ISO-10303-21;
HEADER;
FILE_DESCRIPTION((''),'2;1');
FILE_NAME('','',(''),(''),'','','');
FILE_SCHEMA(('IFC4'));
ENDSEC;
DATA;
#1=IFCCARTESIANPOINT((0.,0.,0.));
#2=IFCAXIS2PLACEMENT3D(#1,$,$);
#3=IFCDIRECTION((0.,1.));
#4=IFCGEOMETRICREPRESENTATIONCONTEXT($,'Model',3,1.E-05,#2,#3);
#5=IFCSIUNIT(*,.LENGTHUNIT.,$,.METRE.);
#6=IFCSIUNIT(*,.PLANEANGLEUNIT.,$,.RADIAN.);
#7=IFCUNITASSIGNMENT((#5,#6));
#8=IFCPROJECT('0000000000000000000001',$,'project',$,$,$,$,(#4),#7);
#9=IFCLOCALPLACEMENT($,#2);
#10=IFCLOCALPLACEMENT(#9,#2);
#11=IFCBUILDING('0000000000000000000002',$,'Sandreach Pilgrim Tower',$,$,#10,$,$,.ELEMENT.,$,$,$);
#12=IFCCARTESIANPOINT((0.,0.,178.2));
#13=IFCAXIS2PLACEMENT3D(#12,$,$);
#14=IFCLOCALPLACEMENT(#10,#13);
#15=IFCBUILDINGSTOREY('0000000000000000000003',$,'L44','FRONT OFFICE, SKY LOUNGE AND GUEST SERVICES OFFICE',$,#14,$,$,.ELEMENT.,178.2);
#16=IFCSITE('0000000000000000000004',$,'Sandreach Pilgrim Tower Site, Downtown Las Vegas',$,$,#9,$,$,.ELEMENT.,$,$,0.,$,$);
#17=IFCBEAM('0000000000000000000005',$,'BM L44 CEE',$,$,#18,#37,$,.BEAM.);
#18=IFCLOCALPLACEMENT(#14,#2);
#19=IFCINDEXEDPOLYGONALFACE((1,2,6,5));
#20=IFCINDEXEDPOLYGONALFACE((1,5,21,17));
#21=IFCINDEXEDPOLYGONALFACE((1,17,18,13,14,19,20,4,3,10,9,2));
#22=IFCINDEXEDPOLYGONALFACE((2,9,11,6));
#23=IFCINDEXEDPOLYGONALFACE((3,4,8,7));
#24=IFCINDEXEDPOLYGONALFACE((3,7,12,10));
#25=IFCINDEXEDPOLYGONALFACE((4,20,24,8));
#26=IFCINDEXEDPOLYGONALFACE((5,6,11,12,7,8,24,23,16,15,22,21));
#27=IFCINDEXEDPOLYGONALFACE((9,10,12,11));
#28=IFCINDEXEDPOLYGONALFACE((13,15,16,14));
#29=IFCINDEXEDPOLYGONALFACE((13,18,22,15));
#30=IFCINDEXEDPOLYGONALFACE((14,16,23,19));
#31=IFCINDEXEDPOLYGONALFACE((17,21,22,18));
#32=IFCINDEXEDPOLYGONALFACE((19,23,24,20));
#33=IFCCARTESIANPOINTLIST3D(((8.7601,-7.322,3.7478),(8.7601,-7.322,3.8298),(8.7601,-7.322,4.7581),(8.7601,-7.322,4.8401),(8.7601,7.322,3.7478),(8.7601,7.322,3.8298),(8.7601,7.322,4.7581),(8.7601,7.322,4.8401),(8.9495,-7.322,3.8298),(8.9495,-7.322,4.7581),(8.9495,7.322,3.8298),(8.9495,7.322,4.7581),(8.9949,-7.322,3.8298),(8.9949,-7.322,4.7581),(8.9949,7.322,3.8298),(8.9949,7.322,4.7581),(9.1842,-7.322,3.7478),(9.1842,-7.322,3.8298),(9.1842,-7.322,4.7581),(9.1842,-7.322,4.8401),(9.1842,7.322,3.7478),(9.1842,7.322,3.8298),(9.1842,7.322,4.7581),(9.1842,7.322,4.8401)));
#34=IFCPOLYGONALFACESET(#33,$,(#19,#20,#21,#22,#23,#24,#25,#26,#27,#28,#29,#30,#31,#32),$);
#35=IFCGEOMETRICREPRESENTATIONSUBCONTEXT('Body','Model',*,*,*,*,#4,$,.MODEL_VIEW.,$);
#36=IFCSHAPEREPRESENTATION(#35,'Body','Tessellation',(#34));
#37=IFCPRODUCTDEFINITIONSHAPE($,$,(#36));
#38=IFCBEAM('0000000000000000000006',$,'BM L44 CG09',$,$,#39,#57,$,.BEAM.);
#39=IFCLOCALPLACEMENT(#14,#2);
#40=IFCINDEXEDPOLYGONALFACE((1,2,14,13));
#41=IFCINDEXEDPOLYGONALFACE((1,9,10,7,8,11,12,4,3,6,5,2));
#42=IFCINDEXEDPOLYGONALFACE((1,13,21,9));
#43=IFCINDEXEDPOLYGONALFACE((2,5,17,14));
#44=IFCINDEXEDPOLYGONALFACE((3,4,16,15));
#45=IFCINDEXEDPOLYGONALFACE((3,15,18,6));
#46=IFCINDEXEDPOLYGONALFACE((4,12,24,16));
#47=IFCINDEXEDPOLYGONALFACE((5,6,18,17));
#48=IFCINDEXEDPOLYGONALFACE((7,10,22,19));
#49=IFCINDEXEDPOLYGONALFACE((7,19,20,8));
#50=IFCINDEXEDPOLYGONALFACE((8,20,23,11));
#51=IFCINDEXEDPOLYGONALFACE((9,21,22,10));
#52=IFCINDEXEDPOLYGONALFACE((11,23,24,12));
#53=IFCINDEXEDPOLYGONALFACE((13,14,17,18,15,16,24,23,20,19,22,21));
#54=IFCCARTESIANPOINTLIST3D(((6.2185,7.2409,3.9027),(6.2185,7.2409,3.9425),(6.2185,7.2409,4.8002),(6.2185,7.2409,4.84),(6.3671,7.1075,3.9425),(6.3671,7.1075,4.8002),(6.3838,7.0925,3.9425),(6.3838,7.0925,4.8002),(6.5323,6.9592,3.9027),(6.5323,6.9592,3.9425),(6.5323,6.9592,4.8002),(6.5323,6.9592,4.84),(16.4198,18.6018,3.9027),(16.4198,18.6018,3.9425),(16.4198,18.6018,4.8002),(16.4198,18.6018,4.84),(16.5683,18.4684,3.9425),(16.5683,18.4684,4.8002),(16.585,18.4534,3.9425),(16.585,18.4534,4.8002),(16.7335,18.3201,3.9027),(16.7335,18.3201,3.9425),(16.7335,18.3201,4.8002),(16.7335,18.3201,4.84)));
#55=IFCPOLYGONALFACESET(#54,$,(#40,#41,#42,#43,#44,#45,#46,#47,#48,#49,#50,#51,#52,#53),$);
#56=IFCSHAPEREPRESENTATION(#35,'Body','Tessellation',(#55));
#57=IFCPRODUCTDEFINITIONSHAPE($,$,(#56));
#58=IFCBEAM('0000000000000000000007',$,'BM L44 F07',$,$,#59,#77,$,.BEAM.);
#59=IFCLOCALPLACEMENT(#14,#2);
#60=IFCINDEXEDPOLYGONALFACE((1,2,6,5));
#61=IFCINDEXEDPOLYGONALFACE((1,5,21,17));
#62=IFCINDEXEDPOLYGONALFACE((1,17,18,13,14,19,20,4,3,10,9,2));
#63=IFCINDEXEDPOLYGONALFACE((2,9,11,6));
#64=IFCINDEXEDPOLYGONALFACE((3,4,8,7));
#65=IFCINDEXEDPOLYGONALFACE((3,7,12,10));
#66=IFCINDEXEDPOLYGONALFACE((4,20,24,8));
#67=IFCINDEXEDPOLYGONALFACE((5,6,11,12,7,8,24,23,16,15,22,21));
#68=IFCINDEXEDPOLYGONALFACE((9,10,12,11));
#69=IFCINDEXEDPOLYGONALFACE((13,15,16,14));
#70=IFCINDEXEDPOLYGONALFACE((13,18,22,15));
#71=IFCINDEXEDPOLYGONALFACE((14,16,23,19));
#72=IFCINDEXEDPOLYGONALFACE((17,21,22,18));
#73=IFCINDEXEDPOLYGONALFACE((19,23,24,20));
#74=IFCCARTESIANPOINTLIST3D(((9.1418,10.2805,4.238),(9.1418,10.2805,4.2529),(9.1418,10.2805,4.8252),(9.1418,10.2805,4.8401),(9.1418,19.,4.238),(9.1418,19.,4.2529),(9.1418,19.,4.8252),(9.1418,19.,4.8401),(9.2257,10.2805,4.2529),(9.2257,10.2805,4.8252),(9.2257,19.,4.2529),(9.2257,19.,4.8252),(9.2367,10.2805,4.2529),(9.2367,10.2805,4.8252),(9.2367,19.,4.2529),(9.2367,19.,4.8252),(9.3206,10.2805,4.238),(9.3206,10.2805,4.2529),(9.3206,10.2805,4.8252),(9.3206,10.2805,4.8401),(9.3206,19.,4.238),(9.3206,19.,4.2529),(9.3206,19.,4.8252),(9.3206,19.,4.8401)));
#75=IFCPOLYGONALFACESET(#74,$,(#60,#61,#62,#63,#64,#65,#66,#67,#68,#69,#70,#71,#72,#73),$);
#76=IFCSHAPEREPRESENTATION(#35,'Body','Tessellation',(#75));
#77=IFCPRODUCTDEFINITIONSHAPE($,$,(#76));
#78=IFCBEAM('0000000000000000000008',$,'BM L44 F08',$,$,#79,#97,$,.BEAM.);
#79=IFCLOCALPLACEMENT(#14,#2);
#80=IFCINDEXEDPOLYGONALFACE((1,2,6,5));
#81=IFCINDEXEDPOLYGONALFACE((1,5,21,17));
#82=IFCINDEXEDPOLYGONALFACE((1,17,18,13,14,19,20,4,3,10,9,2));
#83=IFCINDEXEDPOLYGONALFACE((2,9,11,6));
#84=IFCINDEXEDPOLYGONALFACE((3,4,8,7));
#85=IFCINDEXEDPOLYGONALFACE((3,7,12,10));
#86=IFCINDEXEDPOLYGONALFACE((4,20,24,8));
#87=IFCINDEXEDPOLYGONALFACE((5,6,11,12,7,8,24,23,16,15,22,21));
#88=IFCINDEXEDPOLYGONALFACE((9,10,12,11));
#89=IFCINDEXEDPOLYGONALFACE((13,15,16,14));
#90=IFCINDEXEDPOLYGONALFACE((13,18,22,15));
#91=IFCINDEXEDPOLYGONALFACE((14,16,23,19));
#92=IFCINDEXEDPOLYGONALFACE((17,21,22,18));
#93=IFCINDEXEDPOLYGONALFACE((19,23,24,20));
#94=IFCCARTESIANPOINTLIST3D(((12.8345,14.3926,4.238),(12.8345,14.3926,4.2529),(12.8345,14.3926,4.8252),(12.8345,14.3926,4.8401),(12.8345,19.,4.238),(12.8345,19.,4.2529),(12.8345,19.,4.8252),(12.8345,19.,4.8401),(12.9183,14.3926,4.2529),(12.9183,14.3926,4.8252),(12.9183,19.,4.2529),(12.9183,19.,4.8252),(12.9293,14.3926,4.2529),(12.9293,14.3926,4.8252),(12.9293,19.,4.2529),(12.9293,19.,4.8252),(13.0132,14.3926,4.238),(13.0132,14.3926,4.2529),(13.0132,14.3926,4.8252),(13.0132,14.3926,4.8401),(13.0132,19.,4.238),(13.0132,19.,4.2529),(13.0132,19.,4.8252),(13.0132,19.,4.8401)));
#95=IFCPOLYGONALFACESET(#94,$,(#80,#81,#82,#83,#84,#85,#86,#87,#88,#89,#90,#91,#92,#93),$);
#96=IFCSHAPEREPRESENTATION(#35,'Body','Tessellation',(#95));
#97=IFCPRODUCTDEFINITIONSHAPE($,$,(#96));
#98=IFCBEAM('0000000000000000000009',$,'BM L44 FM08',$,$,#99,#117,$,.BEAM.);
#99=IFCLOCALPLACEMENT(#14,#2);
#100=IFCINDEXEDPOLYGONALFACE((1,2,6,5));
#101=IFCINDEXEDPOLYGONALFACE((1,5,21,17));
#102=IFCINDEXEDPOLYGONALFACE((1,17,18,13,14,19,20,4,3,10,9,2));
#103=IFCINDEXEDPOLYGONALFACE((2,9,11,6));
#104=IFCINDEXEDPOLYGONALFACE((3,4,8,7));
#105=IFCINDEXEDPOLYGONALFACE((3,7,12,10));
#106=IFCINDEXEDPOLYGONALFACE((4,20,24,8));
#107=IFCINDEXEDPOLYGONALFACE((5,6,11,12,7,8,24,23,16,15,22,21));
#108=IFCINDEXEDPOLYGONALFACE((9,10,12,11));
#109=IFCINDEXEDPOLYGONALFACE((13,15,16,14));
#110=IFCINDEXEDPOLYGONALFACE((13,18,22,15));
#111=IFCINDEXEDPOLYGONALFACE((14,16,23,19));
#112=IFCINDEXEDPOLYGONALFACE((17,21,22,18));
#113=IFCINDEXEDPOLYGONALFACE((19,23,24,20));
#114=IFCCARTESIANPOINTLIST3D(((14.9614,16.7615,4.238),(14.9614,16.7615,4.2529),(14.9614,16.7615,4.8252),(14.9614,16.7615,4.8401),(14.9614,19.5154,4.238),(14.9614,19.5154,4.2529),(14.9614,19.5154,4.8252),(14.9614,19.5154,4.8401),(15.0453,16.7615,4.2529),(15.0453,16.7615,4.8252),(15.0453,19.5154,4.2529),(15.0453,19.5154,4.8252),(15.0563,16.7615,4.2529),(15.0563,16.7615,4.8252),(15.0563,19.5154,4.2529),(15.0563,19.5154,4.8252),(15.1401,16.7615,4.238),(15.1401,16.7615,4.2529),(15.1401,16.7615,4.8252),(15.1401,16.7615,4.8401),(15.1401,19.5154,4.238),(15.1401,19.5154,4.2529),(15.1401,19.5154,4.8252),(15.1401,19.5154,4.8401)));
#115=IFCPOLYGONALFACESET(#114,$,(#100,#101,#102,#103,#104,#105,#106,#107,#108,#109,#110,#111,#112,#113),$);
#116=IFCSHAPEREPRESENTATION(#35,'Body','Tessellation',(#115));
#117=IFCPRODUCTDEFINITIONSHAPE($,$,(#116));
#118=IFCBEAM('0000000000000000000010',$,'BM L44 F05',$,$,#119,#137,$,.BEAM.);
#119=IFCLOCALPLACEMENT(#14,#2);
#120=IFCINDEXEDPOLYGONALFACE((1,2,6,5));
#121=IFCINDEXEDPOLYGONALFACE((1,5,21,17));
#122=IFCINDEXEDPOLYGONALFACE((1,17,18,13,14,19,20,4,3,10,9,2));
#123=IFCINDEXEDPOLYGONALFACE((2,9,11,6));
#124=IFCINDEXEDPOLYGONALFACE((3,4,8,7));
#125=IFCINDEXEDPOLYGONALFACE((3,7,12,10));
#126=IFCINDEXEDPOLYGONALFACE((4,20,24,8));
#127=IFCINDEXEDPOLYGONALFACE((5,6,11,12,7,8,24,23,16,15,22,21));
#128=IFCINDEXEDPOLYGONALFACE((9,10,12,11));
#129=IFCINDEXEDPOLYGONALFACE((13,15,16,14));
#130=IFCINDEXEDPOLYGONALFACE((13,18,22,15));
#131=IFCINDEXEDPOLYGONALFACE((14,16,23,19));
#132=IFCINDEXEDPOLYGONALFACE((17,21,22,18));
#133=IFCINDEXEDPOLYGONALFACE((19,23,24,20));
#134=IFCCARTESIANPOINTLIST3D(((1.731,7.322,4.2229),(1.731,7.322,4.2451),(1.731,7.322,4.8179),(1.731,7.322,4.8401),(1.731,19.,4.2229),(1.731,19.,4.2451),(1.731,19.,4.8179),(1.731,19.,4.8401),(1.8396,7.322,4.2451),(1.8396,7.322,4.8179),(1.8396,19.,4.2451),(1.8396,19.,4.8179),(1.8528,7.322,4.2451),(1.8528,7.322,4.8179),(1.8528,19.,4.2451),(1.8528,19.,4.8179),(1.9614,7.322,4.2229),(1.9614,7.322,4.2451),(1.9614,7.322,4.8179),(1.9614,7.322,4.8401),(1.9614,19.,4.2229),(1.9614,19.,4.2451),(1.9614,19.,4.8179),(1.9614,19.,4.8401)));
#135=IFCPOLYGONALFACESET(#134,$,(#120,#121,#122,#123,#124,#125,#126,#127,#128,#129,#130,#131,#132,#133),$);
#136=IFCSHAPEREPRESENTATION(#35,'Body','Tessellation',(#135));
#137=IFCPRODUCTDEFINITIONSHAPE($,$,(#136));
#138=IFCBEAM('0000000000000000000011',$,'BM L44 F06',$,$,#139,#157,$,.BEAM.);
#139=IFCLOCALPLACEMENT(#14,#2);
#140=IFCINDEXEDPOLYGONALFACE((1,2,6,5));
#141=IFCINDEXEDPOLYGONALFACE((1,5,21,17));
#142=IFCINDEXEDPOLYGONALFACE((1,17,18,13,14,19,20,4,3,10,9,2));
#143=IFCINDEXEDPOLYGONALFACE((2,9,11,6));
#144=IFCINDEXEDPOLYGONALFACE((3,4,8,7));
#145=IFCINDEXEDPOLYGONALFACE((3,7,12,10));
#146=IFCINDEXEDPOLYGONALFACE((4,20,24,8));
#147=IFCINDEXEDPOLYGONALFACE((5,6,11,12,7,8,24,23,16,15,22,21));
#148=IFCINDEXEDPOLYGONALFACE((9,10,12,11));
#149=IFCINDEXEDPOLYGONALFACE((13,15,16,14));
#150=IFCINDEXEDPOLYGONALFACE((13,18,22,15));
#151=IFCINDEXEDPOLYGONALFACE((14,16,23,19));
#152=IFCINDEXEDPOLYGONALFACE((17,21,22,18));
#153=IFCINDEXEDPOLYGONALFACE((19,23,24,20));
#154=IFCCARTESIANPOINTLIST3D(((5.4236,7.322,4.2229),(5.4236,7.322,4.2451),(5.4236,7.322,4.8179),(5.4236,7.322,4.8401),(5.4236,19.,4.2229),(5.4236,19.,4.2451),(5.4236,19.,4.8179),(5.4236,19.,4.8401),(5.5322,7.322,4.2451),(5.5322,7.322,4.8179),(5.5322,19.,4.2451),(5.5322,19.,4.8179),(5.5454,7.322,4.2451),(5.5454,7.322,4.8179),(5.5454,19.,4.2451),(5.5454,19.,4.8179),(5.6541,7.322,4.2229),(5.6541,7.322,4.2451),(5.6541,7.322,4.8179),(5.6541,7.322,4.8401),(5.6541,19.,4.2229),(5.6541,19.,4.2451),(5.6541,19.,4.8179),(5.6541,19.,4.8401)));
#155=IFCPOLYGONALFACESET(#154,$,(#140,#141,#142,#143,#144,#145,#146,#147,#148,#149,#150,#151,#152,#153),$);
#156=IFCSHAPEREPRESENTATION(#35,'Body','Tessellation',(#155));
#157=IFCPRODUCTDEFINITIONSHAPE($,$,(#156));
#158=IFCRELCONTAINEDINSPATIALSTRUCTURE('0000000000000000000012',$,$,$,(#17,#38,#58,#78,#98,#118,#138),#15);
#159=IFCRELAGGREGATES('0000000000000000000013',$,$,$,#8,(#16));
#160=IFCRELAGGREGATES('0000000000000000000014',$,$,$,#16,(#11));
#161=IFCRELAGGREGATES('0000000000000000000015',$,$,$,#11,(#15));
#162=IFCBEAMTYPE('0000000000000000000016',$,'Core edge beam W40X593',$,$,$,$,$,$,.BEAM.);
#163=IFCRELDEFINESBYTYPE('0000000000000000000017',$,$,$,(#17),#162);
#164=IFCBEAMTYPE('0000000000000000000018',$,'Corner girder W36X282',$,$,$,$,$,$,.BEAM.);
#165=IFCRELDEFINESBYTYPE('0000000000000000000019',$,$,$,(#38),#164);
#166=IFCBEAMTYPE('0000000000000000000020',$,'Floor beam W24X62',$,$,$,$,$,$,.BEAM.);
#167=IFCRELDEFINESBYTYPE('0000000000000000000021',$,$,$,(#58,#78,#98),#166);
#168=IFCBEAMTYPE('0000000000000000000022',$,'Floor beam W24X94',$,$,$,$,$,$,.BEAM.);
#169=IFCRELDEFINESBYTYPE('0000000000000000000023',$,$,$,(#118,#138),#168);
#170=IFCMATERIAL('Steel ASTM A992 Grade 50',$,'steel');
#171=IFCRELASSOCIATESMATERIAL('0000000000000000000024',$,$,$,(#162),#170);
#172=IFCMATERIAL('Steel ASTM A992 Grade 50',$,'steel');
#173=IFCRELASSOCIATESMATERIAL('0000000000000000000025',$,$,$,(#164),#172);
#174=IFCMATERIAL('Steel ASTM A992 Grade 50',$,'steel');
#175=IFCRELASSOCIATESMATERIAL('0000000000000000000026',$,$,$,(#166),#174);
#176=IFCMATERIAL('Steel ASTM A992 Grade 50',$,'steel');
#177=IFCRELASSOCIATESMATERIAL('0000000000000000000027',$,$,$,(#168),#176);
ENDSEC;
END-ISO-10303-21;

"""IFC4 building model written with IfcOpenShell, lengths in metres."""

from ifc_helpers import new_model, si_unit, direction, frame, origin, origin_2d, place, context, subcontext, project, spatial, i_section, extrude, material, material_profile, profile_set, type_object, element, save


model = new_model("IFC4")

# Units and contexts
model_context = context("Model", 3, precision=1e-05, world=origin(), true_north=direction((0.0, 1.0)))
body_context = subcontext(model_context, "Body", "Model", "MODEL_VIEW")
ifc_project = project(units=[si_unit("LENGTHUNIT", "METRE"), si_unit("PLANEANGLEUNIT", "RADIAN")], contexts=[model_context])

# Site, building, storey
site_placement = place(None, origin())
site = spatial("IfcSite", under=ifc_project, at=site_placement, Name="Sandreach Pilgrim Tower Site, Downtown Las Vegas", CompositionType="ELEMENT", RefElevation=0.0)
building_placement = place(site_placement, origin())
building = spatial("IfcBuilding", under=site, at=building_placement, Name="Sandreach Pilgrim Tower", CompositionType="ELEMENT")
storey_placement = place(building_placement, frame((0.0, 0.0, 178.2)))
storey = spatial("IfcBuildingStorey", under=building, at=storey_placement, Name="L44", Description="FRONT OFFICE, SKY LOUNGE AND GUEST SERVICES OFFICE", CompositionType="ELEMENT", Elevation=178.2)

# Beams
ifc_material_1 = material(Name="Steel ASTM A992 Grade 50", Category="steel")
ifc_material_profile_1 = material_profile(ifc_material_1, i_section(OverallWidth=0.4241, OverallDepth=1.0923, WebThickness=0.0454, FlangeThickness=0.082, at=origin_2d()), Name="W40X593")
ifc_profile_set_1 = profile_set([ifc_material_profile_1], Name="Steel ASTM A992 Grade 50")
beam_type_1 = type_object("IfcBeamType", Name="Core edge beam W40X593", PredefinedType="BEAM", material=ifc_profile_set_1)
beam_1_placement = place(storey_placement, frame((8.9722, 7.322, 4.2939), z_axis=(0.0, -1.0, 0.0), x_axis=(1.0, 0.0, 0.0)))
element("IfcBeam", 1, at=beam_1_placement, inside=storey, type_object=beam_type_1, Name="BM L44 CEE", PredefinedType="BEAM", context=body_context, shape_type="SweptSolid", body=[
    extrude(i_section(OverallWidth=0.4241, OverallDepth=1.0923, WebThickness=0.0454, FlangeThickness=0.082, at=origin_2d()), origin(), (0.0, 0.0, 1.0), 14.644),
])
ifc_material_2 = material(Name="Steel ASTM A992 Grade 50", Category="steel")
ifc_material_profile_2 = material_profile(ifc_material_2, i_section(OverallWidth=0.4216, OverallDepth=0.9373, WebThickness=0.0225, FlangeThickness=0.0398, at=origin_2d()), Name="W36X282")
ifc_profile_set_2 = profile_set([ifc_material_profile_2], Name="Steel ASTM A992 Grade 50")
beam_type_2 = type_object("IfcBeamType", Name="Corner girder W36X282", PredefinedType="BEAM", material=ifc_profile_set_2)
beam_2_placement = place(storey_placement, frame((16.5767, 18.4609, 4.3713), z_axis=(-0.668111, -0.744062, 0.0), x_axis=(0.744062, -0.668111, 0.0)))
element("IfcBeam", 2, at=beam_2_placement, inside=storey, type_object=beam_type_2, Name="BM L44 CG09", PredefinedType="BEAM", context=body_context, shape_type="SweptSolid", body=[
    extrude(i_section(OverallWidth=0.4216, OverallDepth=0.9373, WebThickness=0.0225, FlangeThickness=0.0398, at=origin_2d()), origin(), (0.0, 0.0, 1.0), 15.2688),
])
ifc_material_3 = material(Name="Steel ASTM A992 Grade 50", Category="steel")
ifc_material_profile_3 = material_profile(ifc_material_3, i_section(OverallWidth=0.1787, OverallDepth=0.6021, WebThickness=0.011, FlangeThickness=0.0149, at=origin_2d()), Name="W24X62")
ifc_profile_set_3 = profile_set([ifc_material_profile_3], Name="Steel ASTM A992 Grade 50")
beam_type_3 = type_object("IfcBeamType", Name="Floor beam W24X62", PredefinedType="BEAM", material=ifc_profile_set_3)
beam_3_placement = place(storey_placement, frame((9.2312, 19.0, 4.5391), z_axis=(0.0, -1.0, 0.0), x_axis=(1.0, 0.0, 0.0)))
element("IfcBeam", 3, at=beam_3_placement, inside=storey, type_object=beam_type_3, Name="BM L44 F07", PredefinedType="BEAM", context=body_context, shape_type="SweptSolid", body=[
    extrude(i_section(OverallWidth=0.1787, OverallDepth=0.6021, WebThickness=0.011, FlangeThickness=0.0149, at=origin_2d()), origin(), (0.0, 0.0, 1.0), 8.7195),
])
beam_4_placement = place(storey_placement, frame((12.9238, 19.0, 4.5391), z_axis=(0.0, -1.0, 0.0), x_axis=(1.0, 0.0, 0.0)))
element("IfcBeam", 4, at=beam_4_placement, inside=storey, type_object=beam_type_3, Name="BM L44 F08", PredefinedType="BEAM", context=body_context, shape_type="SweptSolid", body=[
    extrude(i_section(OverallWidth=0.1787, OverallDepth=0.6021, WebThickness=0.011, FlangeThickness=0.0149, at=origin_2d()), origin(), (0.0, 0.0, 1.0), 4.6074),
])
beam_5_placement = place(storey_placement, frame((15.0508, 19.5154, 4.5391), z_axis=(0.0, -1.0, 0.0), x_axis=(1.0, 0.0, 0.0)))
element("IfcBeam", 5, at=beam_5_placement, inside=storey, type_object=beam_type_3, Name="BM L44 FM08", PredefinedType="BEAM", context=body_context, shape_type="SweptSolid", body=[
    extrude(i_section(OverallWidth=0.1787, OverallDepth=0.6021, WebThickness=0.011, FlangeThickness=0.0149, at=origin_2d()), origin(), (0.0, 0.0, 1.0), 2.7539),
])
ifc_material_4 = material(Name="Steel ASTM A992 Grade 50", Category="steel")
ifc_material_profile_4 = material_profile(ifc_material_4, i_section(OverallWidth=0.2305, OverallDepth=0.6172, WebThickness=0.0132, FlangeThickness=0.0222, at=origin_2d()), Name="W24X94")
ifc_profile_set_4 = profile_set([ifc_material_profile_4], Name="Steel ASTM A992 Grade 50")
beam_type_4 = type_object("IfcBeamType", Name="Floor beam W24X94", PredefinedType="BEAM", material=ifc_profile_set_4)
for number, where, z_axis, x_axis, name in (
    (6, (1.8462, 19.0, 4.5315), (0.0, -1.0, 0.0), (1.0, 0.0, 0.0), "BM L44 F05"),
    (7, (5.5388, 19.0, 4.5315), (0.0, -1.0, 0.0), (1.0, 0.0, 0.0), "BM L44 F06"),
):
    element("IfcBeam", number, at=place(storey_placement, frame(where, z_axis=z_axis, x_axis=x_axis)), inside=storey, type_object=beam_type_4, Name=name, PredefinedType="BEAM", context=body_context, shape_type="SweptSolid", body=[
        extrude(i_section(OverallWidth=0.2305, OverallDepth=0.6172, WebThickness=0.0132, FlangeThickness=0.0222, at=origin_2d()), origin(), (0.0, 0.0, 1.0), 11.678),
    ])

save(model, "model.ifc")
